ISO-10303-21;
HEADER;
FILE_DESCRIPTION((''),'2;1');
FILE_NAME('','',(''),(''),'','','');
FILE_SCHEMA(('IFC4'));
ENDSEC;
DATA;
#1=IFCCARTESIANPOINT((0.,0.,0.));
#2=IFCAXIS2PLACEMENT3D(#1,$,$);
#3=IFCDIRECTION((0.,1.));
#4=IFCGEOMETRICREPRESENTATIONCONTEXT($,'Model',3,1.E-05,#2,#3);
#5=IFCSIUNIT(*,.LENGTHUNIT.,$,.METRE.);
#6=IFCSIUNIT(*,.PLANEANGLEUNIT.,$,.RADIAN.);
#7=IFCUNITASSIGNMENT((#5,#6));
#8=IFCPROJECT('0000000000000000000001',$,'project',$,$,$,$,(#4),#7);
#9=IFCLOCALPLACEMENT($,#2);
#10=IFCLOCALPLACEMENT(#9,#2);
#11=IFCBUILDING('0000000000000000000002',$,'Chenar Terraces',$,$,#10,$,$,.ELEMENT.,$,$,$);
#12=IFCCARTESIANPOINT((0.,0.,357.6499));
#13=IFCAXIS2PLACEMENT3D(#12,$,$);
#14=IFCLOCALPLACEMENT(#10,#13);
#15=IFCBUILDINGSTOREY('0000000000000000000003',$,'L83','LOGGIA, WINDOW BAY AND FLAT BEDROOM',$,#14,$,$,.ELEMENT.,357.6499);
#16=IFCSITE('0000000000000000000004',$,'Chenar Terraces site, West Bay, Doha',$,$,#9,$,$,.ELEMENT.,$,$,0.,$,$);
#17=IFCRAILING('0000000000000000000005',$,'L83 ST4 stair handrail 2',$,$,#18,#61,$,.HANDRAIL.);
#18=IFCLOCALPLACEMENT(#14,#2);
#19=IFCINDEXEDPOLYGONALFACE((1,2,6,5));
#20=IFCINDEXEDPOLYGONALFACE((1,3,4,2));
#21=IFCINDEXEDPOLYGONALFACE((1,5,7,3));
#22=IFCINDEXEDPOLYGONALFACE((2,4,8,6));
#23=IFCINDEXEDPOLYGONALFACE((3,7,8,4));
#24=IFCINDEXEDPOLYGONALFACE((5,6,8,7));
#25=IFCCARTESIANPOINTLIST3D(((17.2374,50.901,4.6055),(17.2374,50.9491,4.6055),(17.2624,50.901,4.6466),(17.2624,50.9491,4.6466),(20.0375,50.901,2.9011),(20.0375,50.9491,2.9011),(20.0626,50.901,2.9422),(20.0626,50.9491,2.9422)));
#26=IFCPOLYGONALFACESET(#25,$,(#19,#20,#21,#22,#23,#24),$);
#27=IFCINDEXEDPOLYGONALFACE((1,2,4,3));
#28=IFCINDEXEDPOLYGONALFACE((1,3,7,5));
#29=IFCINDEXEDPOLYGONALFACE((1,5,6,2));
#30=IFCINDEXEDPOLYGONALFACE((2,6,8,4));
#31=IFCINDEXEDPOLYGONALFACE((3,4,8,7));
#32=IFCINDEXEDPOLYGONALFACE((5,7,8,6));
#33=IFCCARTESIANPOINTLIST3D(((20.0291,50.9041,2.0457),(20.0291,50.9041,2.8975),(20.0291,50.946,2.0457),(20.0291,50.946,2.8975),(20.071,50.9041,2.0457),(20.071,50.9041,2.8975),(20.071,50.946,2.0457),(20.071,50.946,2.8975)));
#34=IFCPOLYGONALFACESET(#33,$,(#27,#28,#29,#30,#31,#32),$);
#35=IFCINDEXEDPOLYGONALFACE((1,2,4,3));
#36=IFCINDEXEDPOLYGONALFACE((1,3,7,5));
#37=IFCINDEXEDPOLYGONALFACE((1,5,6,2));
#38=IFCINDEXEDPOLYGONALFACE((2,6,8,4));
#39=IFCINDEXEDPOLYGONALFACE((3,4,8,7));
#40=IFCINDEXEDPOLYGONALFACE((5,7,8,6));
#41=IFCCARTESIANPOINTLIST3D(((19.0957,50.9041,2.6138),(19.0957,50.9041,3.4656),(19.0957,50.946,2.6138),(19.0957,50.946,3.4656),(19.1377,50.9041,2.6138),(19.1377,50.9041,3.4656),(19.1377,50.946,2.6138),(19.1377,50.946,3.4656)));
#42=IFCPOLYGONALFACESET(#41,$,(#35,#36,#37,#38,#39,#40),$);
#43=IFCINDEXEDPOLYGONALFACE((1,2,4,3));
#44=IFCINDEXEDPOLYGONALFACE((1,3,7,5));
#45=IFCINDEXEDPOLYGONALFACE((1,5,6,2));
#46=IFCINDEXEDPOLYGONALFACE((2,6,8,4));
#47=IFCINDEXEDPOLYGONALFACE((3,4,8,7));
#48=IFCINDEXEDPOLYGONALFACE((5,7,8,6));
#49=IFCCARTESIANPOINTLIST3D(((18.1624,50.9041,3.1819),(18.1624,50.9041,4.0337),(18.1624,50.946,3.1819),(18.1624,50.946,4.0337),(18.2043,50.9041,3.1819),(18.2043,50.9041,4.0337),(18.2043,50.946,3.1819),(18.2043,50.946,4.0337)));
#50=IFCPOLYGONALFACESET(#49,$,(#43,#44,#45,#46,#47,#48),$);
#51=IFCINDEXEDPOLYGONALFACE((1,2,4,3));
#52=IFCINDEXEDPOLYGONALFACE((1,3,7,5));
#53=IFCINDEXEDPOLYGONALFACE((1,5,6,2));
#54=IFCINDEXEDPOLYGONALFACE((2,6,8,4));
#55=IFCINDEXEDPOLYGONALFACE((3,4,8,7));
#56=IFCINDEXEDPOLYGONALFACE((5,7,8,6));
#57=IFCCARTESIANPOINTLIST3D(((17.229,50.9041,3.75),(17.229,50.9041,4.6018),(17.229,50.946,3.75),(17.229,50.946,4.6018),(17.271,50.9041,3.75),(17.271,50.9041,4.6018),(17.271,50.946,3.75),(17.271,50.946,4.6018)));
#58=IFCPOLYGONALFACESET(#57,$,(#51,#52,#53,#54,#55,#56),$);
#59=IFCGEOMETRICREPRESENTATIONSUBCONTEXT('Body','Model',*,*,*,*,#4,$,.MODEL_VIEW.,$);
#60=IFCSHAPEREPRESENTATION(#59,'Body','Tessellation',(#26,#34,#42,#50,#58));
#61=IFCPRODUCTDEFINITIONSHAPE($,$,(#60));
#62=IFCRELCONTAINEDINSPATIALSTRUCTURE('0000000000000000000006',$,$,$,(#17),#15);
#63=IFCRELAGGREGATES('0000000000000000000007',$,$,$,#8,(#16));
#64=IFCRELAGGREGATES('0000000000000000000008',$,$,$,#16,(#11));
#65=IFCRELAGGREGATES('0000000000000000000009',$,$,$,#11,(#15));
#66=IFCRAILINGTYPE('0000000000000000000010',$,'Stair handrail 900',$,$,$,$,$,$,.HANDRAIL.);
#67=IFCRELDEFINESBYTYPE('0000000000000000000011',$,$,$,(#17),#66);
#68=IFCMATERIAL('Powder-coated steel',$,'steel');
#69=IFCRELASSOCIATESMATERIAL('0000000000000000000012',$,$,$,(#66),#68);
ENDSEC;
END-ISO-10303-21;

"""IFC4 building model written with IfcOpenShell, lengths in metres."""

from ifc_helpers import new_model, si_unit, direction, frame, origin, origin_2d, place, context, subcontext, project, spatial, rectangle, extrude, material, type_object, element, save


model = new_model("IFC4")

# Units and contexts
model_context = context("Model", 3, precision=1e-05, world=origin(), true_north=direction((0.0, 1.0)))
body_context = subcontext(model_context, "Body", "Model", "MODEL_VIEW")
ifc_project = project(units=[si_unit("LENGTHUNIT", "METRE"), si_unit("PLANEANGLEUNIT", "RADIAN")], contexts=[model_context])

# Site, building, storey
site_placement = place(None, origin())
site = spatial("IfcSite", under=ifc_project, at=site_placement, Name="Chenar Terraces site, West Bay, Doha", CompositionType="ELEMENT", RefElevation=0.0)
building_placement = place(site_placement, origin())
building = spatial("IfcBuilding", under=site, at=building_placement, Name="Chenar Terraces", CompositionType="ELEMENT")
storey_placement = place(building_placement, frame((0.0, 0.0, 357.6499)))
storey = spatial("IfcBuildingStorey", under=building, at=storey_placement, Name="L83", Description="LOGGIA, WINDOW BAY AND FLAT BEDROOM", CompositionType="ELEMENT", Elevation=357.6499)

# Railing
ifc_material_1 = material(Name="Powder-coated steel", Category="steel")
railing_type_1 = type_object("IfcRailingType", Name="Stair handrail 900", PredefinedType="HANDRAIL", material=ifc_material_1)
railing_1_placement = place(storey_placement, frame((20.05, 50.925, 2.0457)))
element("IfcRailing", 1, at=railing_1_placement, inside=storey, type_object=railing_type_1, Name="L83 ST4 stair handrail 2", PredefinedType="HANDRAIL", context=body_context, shape_type="SweptSolid", body=[
    extrude(rectangle(XDim=0.0481, YDim=0.0481, at=origin_2d()), frame((0.0, 0.0, 0.876), z_axis=(-0.854203, 0.0, 0.51994), x_axis=(0.0, -1.0, 0.0)), (0.0, 0.0, 1.0), 3.2781),
    extrude(rectangle(XDim=0.042, YDim=0.042, at=origin_2d()), origin(), (0.0, 0.0, 1.0), 0.8518),
    extrude(rectangle(XDim=0.042, YDim=0.042, at=origin_2d()), frame((-0.9333, 0.0, 0.5681)), (0.0, 0.0, 1.0), 0.8518),
    extrude(rectangle(XDim=0.042, YDim=0.042, at=origin_2d()), frame((-1.8667, 0.0, 1.1362)), (0.0, 0.0, 1.0), 0.8518),
    extrude(rectangle(XDim=0.042, YDim=0.042, at=origin_2d()), frame((-2.8, 0.0, 1.7043)), (0.0, 0.0, 1.0), 0.8518),
])

save(model, "model.ifc")
